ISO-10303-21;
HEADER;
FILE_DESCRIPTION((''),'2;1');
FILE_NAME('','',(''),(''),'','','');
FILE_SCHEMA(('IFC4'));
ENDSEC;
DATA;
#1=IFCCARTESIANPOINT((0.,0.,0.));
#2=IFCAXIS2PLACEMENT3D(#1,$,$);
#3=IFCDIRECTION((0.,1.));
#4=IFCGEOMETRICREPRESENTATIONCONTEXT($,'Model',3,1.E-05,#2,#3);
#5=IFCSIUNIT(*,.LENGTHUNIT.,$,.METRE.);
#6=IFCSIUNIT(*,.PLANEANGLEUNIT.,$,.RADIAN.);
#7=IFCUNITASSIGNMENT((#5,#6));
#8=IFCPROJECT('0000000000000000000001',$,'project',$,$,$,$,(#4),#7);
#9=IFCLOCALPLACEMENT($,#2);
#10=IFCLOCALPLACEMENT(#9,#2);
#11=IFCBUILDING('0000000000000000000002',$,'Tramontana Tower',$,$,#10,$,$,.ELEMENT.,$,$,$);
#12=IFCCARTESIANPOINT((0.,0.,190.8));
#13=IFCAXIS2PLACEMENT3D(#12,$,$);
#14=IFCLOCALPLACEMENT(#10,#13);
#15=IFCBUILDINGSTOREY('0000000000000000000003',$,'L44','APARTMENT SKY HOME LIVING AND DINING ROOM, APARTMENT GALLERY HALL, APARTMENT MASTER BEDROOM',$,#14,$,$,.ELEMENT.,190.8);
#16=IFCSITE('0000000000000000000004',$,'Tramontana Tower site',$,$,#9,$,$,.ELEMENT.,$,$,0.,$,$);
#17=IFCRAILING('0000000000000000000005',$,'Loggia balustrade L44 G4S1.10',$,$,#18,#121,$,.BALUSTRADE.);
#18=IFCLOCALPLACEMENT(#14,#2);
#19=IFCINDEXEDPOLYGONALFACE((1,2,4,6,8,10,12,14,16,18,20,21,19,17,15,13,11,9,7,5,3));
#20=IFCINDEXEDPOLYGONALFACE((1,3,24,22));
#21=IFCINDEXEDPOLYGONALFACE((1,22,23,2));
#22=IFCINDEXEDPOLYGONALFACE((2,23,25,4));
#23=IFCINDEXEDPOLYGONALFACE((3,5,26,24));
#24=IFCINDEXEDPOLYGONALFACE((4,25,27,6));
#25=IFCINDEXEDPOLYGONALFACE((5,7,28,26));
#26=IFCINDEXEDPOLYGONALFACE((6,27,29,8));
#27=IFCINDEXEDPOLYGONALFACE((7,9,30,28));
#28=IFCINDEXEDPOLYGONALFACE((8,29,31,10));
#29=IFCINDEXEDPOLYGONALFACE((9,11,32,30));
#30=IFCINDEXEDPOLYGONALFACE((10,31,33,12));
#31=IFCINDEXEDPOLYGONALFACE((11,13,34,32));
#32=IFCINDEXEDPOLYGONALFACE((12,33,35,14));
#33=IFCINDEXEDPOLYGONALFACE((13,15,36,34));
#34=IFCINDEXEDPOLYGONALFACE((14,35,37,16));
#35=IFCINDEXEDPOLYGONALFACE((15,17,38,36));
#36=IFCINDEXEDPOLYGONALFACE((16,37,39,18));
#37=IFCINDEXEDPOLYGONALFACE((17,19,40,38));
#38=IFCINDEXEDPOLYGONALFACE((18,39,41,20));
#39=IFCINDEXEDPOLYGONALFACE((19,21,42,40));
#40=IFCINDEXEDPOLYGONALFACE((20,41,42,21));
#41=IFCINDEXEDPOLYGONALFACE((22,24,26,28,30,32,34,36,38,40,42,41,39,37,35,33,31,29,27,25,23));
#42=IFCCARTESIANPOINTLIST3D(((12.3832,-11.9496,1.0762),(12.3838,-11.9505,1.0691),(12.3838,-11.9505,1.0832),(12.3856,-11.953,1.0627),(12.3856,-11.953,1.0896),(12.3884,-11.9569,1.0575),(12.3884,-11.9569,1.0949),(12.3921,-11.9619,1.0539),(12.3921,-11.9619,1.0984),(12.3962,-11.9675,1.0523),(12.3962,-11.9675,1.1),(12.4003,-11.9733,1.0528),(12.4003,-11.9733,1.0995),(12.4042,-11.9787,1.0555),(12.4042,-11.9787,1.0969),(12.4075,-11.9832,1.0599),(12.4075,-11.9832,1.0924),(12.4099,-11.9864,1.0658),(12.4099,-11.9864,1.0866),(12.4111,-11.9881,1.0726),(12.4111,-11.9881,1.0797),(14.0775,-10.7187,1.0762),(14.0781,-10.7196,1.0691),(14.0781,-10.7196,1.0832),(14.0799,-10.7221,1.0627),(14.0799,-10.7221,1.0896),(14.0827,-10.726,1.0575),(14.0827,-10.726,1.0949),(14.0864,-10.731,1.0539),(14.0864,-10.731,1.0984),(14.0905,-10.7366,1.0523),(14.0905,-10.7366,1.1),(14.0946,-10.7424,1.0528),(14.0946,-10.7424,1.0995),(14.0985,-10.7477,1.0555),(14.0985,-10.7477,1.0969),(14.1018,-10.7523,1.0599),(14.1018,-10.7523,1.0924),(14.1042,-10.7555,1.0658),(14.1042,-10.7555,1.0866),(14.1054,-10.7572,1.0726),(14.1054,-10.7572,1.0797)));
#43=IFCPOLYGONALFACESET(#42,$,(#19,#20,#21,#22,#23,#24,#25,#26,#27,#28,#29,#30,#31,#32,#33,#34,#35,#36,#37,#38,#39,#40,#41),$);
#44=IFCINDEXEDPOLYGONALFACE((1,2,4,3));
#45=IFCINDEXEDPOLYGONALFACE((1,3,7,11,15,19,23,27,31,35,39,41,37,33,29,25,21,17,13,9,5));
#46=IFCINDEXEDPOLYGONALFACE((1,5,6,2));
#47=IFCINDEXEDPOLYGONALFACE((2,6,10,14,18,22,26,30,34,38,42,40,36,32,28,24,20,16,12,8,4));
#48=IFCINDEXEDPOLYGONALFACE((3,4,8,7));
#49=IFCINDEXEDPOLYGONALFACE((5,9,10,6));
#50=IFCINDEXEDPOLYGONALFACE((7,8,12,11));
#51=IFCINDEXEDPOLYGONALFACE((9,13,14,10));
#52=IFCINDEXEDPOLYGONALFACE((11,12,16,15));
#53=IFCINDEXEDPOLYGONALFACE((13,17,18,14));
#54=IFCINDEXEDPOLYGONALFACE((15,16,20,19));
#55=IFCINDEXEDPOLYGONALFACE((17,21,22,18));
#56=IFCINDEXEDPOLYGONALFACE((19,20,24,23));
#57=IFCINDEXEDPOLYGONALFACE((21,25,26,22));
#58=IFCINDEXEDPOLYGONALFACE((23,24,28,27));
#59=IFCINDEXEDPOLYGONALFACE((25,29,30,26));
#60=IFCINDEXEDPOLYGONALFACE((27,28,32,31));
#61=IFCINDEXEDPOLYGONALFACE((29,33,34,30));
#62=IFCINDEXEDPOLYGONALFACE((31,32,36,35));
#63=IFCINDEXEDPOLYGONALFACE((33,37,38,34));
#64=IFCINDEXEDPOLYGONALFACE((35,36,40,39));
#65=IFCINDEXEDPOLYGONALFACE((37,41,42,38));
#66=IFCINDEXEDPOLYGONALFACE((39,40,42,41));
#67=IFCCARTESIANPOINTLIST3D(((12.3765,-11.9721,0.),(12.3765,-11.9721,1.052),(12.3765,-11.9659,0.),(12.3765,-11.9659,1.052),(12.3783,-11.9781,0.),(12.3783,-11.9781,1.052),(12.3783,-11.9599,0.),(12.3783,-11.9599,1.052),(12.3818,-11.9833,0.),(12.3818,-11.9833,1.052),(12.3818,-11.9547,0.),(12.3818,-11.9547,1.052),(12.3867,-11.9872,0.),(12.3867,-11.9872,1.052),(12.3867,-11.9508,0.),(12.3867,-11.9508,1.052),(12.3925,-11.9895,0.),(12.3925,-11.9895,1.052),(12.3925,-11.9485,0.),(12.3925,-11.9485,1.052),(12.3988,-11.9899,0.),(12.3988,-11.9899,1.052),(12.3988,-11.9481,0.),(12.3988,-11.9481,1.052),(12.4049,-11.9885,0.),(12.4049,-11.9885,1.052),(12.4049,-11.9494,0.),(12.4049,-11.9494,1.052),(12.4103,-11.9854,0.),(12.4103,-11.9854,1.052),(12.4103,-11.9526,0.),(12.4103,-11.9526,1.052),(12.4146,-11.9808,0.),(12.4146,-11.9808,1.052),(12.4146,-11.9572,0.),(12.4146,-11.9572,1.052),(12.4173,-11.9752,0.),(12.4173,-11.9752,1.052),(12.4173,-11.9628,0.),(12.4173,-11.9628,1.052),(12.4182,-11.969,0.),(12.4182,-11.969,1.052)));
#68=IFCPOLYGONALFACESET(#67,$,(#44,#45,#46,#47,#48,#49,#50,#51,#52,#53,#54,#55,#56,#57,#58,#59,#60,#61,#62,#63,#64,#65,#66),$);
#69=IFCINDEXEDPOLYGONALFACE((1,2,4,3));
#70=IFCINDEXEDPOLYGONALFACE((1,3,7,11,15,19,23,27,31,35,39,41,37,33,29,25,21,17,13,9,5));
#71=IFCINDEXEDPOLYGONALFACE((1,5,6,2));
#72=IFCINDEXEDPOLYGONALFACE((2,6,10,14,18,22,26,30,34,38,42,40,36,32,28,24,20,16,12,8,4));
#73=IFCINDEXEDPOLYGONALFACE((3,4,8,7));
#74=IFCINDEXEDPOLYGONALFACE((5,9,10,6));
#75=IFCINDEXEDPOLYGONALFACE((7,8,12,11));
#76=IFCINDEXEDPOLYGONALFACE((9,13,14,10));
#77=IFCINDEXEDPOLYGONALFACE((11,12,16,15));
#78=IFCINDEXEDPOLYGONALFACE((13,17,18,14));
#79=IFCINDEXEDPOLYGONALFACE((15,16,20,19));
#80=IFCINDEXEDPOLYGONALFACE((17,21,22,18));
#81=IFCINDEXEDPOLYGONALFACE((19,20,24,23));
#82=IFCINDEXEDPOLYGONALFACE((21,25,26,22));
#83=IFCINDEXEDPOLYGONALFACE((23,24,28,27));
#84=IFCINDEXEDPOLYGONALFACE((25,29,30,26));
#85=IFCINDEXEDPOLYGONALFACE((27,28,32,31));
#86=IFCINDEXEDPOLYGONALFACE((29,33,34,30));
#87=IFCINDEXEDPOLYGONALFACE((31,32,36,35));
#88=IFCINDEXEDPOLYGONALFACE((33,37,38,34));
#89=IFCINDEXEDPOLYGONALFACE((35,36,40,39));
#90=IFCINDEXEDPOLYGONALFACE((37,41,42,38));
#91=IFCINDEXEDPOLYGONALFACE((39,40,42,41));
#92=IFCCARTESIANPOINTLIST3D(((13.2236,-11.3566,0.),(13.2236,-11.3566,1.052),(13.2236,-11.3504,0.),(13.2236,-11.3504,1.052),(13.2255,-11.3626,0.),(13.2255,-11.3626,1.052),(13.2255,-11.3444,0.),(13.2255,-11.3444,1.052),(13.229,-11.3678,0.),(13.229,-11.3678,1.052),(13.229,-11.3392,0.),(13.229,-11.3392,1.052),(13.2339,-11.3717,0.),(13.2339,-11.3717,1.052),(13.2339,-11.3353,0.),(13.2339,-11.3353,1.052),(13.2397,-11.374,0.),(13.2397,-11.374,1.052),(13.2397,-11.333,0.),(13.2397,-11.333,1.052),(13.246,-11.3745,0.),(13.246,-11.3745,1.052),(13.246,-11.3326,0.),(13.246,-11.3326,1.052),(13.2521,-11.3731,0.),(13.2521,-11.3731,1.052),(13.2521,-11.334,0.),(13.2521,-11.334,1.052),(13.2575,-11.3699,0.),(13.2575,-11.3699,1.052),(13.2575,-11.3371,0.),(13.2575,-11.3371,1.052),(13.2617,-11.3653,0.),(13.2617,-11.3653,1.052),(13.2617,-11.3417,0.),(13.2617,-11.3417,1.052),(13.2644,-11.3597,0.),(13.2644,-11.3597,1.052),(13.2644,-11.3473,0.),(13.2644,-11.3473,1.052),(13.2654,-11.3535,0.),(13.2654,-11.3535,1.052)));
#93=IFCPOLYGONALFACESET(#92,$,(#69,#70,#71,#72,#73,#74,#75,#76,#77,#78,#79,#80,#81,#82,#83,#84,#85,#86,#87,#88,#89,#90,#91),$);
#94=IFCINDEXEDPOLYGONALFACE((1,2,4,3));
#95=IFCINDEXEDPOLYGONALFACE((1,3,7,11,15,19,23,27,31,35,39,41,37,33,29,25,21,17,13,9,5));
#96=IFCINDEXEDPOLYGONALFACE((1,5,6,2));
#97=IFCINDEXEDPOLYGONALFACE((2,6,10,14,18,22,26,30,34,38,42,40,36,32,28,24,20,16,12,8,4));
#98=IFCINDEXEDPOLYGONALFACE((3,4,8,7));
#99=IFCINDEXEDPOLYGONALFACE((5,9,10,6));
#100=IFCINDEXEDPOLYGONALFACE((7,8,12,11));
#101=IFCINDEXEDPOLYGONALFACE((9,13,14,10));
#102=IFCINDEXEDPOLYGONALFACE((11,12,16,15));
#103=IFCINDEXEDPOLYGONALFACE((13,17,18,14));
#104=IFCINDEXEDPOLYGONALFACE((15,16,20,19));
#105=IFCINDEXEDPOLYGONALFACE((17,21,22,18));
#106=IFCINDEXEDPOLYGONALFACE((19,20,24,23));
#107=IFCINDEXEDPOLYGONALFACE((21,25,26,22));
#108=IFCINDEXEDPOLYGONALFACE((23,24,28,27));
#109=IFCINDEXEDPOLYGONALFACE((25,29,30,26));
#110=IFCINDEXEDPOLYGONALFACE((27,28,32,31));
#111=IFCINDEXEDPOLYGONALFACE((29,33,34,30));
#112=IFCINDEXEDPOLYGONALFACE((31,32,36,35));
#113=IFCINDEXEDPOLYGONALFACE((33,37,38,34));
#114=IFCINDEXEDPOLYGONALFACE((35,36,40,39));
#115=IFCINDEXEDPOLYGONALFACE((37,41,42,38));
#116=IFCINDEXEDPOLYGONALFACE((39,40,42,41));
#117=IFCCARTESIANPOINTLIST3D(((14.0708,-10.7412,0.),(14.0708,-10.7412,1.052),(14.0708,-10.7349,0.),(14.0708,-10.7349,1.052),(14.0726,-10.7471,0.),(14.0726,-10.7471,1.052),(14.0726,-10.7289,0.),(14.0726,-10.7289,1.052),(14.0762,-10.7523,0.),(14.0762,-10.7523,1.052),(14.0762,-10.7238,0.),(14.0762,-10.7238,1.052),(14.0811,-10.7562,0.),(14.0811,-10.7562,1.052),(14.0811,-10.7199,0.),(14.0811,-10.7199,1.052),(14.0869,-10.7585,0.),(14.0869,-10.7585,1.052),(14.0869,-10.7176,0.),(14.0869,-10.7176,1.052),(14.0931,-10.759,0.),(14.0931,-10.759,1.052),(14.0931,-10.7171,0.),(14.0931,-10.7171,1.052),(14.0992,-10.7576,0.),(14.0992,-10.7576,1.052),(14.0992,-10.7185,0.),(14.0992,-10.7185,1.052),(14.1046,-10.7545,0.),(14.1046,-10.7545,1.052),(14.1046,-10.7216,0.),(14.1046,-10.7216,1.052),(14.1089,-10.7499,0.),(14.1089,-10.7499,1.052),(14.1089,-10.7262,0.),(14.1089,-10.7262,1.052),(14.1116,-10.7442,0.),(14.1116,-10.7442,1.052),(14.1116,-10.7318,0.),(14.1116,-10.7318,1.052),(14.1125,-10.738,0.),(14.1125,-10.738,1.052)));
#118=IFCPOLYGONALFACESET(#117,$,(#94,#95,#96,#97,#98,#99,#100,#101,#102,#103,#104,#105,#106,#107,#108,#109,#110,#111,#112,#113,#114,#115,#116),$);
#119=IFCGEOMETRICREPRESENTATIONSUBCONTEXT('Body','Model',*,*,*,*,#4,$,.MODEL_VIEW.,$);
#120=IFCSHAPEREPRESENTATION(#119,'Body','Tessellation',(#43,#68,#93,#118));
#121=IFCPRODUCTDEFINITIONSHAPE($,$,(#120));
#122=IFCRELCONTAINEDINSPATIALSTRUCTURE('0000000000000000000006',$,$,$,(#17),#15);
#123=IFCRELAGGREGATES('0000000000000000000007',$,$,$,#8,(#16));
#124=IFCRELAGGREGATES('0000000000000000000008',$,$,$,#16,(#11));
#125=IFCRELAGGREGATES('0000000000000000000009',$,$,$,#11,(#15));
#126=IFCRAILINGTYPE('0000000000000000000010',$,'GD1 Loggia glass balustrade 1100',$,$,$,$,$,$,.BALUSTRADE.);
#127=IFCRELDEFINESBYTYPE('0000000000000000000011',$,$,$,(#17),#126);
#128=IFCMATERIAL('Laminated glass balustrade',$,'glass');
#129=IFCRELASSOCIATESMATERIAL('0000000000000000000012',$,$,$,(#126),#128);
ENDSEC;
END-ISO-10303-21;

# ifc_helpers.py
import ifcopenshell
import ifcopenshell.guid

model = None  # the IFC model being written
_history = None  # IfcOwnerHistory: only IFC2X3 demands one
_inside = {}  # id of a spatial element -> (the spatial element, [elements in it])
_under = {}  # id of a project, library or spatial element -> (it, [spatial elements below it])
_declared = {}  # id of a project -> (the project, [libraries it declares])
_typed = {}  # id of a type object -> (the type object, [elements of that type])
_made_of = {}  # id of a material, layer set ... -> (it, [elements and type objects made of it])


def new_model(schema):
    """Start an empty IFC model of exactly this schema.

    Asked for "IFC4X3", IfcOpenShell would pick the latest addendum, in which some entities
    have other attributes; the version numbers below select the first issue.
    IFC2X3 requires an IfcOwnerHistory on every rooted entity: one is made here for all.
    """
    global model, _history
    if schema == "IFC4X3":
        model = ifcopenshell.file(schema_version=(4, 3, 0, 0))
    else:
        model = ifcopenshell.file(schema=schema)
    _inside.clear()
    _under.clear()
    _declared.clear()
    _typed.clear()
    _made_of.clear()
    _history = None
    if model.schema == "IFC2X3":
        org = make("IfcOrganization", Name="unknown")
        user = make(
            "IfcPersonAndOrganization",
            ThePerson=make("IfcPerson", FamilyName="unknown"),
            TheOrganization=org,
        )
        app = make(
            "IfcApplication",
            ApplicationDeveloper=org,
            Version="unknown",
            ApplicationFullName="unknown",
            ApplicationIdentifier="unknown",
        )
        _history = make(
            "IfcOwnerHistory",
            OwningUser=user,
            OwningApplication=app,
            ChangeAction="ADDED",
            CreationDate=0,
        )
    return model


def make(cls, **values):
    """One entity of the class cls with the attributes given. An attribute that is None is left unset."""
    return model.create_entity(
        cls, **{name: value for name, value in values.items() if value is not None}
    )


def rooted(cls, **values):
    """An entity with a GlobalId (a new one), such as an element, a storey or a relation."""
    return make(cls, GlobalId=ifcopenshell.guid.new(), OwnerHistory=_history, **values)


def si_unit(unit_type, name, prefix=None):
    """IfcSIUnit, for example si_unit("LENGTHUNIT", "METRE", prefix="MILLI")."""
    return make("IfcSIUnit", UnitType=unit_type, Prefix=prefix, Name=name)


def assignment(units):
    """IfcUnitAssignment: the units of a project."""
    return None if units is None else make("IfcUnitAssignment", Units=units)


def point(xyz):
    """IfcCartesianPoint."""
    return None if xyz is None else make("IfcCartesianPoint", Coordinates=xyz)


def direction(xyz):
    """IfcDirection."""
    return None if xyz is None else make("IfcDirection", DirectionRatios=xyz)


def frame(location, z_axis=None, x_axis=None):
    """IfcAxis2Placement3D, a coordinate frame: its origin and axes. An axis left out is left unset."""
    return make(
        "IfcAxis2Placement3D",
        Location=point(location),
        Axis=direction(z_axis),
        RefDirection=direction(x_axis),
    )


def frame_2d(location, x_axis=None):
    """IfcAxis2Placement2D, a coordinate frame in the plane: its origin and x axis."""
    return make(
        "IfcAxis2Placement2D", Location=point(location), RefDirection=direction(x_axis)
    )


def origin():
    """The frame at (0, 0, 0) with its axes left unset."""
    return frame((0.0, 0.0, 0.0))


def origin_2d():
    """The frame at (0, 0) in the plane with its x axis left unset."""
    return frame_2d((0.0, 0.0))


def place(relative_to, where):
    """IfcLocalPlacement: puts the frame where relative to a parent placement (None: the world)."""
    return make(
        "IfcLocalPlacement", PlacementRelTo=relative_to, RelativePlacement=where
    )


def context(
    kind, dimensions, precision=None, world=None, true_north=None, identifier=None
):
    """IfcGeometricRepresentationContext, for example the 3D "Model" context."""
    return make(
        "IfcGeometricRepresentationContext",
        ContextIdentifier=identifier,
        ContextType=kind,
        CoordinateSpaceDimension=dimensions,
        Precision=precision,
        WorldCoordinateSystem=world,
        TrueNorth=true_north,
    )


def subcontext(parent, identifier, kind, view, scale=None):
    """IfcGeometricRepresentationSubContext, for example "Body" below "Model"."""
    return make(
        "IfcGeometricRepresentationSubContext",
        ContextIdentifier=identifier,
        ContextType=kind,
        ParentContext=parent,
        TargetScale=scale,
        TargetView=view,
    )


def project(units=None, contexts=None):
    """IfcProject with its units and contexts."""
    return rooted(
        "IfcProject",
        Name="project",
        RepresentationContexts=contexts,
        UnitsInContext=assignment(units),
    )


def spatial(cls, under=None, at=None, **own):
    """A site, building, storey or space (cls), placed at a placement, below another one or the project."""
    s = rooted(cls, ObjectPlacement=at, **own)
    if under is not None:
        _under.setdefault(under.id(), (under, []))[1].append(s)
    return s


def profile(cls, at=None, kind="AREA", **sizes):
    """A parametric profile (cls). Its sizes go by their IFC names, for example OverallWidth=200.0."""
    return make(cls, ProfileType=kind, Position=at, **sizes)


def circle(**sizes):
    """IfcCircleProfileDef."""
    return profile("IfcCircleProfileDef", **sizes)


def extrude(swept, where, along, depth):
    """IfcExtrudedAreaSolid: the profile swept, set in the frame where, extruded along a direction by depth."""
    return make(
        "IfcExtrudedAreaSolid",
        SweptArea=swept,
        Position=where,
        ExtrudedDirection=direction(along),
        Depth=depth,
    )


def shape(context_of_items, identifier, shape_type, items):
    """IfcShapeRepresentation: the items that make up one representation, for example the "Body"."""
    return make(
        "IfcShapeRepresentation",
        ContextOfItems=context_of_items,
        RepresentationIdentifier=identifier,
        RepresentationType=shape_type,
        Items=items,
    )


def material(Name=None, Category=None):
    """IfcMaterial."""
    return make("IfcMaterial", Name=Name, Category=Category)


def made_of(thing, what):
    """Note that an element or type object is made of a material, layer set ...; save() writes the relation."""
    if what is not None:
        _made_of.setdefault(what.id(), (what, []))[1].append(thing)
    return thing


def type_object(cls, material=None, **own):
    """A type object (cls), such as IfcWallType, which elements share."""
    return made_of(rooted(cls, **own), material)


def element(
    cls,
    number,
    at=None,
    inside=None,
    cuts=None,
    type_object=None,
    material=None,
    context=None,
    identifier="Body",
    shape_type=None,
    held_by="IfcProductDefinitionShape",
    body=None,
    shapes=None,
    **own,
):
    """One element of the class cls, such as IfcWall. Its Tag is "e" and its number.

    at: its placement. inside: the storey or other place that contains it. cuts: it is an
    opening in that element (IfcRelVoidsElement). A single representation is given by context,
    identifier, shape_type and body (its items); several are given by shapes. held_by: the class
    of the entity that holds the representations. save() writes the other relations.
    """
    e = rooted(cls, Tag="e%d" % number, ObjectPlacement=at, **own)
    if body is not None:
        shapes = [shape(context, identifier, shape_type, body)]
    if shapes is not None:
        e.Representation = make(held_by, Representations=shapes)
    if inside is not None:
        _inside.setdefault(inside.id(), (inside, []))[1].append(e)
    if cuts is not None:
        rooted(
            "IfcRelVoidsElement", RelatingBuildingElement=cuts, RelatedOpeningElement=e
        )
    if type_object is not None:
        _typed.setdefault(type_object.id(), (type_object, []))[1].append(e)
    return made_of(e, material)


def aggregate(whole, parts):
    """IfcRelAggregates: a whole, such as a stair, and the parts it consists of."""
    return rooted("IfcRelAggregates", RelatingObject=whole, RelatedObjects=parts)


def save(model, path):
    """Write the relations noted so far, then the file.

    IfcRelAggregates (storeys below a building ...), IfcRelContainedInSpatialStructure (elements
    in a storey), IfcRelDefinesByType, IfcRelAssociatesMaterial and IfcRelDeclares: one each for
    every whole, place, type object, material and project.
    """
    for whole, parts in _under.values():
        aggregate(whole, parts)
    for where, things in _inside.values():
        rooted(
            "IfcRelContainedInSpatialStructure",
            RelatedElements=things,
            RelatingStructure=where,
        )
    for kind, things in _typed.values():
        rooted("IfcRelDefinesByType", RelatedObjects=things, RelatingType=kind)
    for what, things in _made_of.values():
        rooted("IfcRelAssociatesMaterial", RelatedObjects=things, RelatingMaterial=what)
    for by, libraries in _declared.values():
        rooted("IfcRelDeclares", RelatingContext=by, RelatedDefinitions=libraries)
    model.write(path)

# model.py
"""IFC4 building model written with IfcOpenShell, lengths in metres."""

from ifc_helpers import new_model, si_unit, direction, frame, origin, origin_2d, place, context, subcontext, project, spatial, circle, extrude, material, type_object, element, save


model = new_model("IFC4")

# Units and contexts
model_context = context("Model", 3, precision=1e-05, world=origin(), true_north=direction((0.0, 1.0)))
body_context = subcontext(model_context, "Body", "Model", "MODEL_VIEW")
ifc_project = project(units=[si_unit("LENGTHUNIT", "METRE"), si_unit("PLANEANGLEUNIT", "RADIAN")], contexts=[model_context])

# Site, building, storey
site_placement = place(None, origin())
site = spatial("IfcSite", under=ifc_project, at=site_placement, Name="Tramontana Tower site", CompositionType="ELEMENT", RefElevation=0.0)
building_placement = place(site_placement, origin())
building = spatial("IfcBuilding", under=site, at=building_placement, Name="Tramontana Tower", CompositionType="ELEMENT")
storey_placement = place(building_placement, frame((0.0, 0.0, 190.8)))
storey = spatial("IfcBuildingStorey", under=building, at=storey_placement, Name="L44", Description="APARTMENT SKY HOME LIVING AND DINING ROOM, APARTMENT GALLERY HALL, APARTMENT MASTER BEDROOM", CompositionType="ELEMENT", Elevation=190.8)

# Railing
ifc_material_1 = material(Name="Laminated glass balustrade", Category="glass")
railing_type_1 = type_object("IfcRailingType", Name="GD1 Loggia glass balustrade 1100", PredefinedType="BALUSTRADE", material=ifc_material_1)
railing_1_placement = place(storey_placement, frame((12.3972, -11.969, 0.0)))
element("IfcRailing", 1, at=railing_1_placement, inside=storey, type_object=railing_type_1, Name="Loggia balustrade L44 G4S1.10", PredefinedType="BALUSTRADE", context=body_context, shape_type="SweptSolid", body=[
    extrude(circle(Radius=0.0239, at=origin_2d()), frame((0.0, 0.0, 1.0762), z_axis=(0.809028, 0.58777, 0.0), x_axis=(-0.58777, 0.809028, 0.0)), (0.0, 0.0, 1.0), 2.0942),
    extrude(circle(Radius=0.021, at=origin_2d()), origin(), (0.0, 0.0, 1.0), 1.052),
    extrude(circle(Radius=0.021, at=origin_2d()), frame((0.8472, 0.6155, 0.0)), (0.0, 0.0, 1.0), 1.052),
    extrude(circle(Radius=0.021, at=origin_2d()), frame((1.6943, 1.231, 0.0)), (0.0, 0.0, 1.0), 1.052),
])

save(model, "model.ifc")
